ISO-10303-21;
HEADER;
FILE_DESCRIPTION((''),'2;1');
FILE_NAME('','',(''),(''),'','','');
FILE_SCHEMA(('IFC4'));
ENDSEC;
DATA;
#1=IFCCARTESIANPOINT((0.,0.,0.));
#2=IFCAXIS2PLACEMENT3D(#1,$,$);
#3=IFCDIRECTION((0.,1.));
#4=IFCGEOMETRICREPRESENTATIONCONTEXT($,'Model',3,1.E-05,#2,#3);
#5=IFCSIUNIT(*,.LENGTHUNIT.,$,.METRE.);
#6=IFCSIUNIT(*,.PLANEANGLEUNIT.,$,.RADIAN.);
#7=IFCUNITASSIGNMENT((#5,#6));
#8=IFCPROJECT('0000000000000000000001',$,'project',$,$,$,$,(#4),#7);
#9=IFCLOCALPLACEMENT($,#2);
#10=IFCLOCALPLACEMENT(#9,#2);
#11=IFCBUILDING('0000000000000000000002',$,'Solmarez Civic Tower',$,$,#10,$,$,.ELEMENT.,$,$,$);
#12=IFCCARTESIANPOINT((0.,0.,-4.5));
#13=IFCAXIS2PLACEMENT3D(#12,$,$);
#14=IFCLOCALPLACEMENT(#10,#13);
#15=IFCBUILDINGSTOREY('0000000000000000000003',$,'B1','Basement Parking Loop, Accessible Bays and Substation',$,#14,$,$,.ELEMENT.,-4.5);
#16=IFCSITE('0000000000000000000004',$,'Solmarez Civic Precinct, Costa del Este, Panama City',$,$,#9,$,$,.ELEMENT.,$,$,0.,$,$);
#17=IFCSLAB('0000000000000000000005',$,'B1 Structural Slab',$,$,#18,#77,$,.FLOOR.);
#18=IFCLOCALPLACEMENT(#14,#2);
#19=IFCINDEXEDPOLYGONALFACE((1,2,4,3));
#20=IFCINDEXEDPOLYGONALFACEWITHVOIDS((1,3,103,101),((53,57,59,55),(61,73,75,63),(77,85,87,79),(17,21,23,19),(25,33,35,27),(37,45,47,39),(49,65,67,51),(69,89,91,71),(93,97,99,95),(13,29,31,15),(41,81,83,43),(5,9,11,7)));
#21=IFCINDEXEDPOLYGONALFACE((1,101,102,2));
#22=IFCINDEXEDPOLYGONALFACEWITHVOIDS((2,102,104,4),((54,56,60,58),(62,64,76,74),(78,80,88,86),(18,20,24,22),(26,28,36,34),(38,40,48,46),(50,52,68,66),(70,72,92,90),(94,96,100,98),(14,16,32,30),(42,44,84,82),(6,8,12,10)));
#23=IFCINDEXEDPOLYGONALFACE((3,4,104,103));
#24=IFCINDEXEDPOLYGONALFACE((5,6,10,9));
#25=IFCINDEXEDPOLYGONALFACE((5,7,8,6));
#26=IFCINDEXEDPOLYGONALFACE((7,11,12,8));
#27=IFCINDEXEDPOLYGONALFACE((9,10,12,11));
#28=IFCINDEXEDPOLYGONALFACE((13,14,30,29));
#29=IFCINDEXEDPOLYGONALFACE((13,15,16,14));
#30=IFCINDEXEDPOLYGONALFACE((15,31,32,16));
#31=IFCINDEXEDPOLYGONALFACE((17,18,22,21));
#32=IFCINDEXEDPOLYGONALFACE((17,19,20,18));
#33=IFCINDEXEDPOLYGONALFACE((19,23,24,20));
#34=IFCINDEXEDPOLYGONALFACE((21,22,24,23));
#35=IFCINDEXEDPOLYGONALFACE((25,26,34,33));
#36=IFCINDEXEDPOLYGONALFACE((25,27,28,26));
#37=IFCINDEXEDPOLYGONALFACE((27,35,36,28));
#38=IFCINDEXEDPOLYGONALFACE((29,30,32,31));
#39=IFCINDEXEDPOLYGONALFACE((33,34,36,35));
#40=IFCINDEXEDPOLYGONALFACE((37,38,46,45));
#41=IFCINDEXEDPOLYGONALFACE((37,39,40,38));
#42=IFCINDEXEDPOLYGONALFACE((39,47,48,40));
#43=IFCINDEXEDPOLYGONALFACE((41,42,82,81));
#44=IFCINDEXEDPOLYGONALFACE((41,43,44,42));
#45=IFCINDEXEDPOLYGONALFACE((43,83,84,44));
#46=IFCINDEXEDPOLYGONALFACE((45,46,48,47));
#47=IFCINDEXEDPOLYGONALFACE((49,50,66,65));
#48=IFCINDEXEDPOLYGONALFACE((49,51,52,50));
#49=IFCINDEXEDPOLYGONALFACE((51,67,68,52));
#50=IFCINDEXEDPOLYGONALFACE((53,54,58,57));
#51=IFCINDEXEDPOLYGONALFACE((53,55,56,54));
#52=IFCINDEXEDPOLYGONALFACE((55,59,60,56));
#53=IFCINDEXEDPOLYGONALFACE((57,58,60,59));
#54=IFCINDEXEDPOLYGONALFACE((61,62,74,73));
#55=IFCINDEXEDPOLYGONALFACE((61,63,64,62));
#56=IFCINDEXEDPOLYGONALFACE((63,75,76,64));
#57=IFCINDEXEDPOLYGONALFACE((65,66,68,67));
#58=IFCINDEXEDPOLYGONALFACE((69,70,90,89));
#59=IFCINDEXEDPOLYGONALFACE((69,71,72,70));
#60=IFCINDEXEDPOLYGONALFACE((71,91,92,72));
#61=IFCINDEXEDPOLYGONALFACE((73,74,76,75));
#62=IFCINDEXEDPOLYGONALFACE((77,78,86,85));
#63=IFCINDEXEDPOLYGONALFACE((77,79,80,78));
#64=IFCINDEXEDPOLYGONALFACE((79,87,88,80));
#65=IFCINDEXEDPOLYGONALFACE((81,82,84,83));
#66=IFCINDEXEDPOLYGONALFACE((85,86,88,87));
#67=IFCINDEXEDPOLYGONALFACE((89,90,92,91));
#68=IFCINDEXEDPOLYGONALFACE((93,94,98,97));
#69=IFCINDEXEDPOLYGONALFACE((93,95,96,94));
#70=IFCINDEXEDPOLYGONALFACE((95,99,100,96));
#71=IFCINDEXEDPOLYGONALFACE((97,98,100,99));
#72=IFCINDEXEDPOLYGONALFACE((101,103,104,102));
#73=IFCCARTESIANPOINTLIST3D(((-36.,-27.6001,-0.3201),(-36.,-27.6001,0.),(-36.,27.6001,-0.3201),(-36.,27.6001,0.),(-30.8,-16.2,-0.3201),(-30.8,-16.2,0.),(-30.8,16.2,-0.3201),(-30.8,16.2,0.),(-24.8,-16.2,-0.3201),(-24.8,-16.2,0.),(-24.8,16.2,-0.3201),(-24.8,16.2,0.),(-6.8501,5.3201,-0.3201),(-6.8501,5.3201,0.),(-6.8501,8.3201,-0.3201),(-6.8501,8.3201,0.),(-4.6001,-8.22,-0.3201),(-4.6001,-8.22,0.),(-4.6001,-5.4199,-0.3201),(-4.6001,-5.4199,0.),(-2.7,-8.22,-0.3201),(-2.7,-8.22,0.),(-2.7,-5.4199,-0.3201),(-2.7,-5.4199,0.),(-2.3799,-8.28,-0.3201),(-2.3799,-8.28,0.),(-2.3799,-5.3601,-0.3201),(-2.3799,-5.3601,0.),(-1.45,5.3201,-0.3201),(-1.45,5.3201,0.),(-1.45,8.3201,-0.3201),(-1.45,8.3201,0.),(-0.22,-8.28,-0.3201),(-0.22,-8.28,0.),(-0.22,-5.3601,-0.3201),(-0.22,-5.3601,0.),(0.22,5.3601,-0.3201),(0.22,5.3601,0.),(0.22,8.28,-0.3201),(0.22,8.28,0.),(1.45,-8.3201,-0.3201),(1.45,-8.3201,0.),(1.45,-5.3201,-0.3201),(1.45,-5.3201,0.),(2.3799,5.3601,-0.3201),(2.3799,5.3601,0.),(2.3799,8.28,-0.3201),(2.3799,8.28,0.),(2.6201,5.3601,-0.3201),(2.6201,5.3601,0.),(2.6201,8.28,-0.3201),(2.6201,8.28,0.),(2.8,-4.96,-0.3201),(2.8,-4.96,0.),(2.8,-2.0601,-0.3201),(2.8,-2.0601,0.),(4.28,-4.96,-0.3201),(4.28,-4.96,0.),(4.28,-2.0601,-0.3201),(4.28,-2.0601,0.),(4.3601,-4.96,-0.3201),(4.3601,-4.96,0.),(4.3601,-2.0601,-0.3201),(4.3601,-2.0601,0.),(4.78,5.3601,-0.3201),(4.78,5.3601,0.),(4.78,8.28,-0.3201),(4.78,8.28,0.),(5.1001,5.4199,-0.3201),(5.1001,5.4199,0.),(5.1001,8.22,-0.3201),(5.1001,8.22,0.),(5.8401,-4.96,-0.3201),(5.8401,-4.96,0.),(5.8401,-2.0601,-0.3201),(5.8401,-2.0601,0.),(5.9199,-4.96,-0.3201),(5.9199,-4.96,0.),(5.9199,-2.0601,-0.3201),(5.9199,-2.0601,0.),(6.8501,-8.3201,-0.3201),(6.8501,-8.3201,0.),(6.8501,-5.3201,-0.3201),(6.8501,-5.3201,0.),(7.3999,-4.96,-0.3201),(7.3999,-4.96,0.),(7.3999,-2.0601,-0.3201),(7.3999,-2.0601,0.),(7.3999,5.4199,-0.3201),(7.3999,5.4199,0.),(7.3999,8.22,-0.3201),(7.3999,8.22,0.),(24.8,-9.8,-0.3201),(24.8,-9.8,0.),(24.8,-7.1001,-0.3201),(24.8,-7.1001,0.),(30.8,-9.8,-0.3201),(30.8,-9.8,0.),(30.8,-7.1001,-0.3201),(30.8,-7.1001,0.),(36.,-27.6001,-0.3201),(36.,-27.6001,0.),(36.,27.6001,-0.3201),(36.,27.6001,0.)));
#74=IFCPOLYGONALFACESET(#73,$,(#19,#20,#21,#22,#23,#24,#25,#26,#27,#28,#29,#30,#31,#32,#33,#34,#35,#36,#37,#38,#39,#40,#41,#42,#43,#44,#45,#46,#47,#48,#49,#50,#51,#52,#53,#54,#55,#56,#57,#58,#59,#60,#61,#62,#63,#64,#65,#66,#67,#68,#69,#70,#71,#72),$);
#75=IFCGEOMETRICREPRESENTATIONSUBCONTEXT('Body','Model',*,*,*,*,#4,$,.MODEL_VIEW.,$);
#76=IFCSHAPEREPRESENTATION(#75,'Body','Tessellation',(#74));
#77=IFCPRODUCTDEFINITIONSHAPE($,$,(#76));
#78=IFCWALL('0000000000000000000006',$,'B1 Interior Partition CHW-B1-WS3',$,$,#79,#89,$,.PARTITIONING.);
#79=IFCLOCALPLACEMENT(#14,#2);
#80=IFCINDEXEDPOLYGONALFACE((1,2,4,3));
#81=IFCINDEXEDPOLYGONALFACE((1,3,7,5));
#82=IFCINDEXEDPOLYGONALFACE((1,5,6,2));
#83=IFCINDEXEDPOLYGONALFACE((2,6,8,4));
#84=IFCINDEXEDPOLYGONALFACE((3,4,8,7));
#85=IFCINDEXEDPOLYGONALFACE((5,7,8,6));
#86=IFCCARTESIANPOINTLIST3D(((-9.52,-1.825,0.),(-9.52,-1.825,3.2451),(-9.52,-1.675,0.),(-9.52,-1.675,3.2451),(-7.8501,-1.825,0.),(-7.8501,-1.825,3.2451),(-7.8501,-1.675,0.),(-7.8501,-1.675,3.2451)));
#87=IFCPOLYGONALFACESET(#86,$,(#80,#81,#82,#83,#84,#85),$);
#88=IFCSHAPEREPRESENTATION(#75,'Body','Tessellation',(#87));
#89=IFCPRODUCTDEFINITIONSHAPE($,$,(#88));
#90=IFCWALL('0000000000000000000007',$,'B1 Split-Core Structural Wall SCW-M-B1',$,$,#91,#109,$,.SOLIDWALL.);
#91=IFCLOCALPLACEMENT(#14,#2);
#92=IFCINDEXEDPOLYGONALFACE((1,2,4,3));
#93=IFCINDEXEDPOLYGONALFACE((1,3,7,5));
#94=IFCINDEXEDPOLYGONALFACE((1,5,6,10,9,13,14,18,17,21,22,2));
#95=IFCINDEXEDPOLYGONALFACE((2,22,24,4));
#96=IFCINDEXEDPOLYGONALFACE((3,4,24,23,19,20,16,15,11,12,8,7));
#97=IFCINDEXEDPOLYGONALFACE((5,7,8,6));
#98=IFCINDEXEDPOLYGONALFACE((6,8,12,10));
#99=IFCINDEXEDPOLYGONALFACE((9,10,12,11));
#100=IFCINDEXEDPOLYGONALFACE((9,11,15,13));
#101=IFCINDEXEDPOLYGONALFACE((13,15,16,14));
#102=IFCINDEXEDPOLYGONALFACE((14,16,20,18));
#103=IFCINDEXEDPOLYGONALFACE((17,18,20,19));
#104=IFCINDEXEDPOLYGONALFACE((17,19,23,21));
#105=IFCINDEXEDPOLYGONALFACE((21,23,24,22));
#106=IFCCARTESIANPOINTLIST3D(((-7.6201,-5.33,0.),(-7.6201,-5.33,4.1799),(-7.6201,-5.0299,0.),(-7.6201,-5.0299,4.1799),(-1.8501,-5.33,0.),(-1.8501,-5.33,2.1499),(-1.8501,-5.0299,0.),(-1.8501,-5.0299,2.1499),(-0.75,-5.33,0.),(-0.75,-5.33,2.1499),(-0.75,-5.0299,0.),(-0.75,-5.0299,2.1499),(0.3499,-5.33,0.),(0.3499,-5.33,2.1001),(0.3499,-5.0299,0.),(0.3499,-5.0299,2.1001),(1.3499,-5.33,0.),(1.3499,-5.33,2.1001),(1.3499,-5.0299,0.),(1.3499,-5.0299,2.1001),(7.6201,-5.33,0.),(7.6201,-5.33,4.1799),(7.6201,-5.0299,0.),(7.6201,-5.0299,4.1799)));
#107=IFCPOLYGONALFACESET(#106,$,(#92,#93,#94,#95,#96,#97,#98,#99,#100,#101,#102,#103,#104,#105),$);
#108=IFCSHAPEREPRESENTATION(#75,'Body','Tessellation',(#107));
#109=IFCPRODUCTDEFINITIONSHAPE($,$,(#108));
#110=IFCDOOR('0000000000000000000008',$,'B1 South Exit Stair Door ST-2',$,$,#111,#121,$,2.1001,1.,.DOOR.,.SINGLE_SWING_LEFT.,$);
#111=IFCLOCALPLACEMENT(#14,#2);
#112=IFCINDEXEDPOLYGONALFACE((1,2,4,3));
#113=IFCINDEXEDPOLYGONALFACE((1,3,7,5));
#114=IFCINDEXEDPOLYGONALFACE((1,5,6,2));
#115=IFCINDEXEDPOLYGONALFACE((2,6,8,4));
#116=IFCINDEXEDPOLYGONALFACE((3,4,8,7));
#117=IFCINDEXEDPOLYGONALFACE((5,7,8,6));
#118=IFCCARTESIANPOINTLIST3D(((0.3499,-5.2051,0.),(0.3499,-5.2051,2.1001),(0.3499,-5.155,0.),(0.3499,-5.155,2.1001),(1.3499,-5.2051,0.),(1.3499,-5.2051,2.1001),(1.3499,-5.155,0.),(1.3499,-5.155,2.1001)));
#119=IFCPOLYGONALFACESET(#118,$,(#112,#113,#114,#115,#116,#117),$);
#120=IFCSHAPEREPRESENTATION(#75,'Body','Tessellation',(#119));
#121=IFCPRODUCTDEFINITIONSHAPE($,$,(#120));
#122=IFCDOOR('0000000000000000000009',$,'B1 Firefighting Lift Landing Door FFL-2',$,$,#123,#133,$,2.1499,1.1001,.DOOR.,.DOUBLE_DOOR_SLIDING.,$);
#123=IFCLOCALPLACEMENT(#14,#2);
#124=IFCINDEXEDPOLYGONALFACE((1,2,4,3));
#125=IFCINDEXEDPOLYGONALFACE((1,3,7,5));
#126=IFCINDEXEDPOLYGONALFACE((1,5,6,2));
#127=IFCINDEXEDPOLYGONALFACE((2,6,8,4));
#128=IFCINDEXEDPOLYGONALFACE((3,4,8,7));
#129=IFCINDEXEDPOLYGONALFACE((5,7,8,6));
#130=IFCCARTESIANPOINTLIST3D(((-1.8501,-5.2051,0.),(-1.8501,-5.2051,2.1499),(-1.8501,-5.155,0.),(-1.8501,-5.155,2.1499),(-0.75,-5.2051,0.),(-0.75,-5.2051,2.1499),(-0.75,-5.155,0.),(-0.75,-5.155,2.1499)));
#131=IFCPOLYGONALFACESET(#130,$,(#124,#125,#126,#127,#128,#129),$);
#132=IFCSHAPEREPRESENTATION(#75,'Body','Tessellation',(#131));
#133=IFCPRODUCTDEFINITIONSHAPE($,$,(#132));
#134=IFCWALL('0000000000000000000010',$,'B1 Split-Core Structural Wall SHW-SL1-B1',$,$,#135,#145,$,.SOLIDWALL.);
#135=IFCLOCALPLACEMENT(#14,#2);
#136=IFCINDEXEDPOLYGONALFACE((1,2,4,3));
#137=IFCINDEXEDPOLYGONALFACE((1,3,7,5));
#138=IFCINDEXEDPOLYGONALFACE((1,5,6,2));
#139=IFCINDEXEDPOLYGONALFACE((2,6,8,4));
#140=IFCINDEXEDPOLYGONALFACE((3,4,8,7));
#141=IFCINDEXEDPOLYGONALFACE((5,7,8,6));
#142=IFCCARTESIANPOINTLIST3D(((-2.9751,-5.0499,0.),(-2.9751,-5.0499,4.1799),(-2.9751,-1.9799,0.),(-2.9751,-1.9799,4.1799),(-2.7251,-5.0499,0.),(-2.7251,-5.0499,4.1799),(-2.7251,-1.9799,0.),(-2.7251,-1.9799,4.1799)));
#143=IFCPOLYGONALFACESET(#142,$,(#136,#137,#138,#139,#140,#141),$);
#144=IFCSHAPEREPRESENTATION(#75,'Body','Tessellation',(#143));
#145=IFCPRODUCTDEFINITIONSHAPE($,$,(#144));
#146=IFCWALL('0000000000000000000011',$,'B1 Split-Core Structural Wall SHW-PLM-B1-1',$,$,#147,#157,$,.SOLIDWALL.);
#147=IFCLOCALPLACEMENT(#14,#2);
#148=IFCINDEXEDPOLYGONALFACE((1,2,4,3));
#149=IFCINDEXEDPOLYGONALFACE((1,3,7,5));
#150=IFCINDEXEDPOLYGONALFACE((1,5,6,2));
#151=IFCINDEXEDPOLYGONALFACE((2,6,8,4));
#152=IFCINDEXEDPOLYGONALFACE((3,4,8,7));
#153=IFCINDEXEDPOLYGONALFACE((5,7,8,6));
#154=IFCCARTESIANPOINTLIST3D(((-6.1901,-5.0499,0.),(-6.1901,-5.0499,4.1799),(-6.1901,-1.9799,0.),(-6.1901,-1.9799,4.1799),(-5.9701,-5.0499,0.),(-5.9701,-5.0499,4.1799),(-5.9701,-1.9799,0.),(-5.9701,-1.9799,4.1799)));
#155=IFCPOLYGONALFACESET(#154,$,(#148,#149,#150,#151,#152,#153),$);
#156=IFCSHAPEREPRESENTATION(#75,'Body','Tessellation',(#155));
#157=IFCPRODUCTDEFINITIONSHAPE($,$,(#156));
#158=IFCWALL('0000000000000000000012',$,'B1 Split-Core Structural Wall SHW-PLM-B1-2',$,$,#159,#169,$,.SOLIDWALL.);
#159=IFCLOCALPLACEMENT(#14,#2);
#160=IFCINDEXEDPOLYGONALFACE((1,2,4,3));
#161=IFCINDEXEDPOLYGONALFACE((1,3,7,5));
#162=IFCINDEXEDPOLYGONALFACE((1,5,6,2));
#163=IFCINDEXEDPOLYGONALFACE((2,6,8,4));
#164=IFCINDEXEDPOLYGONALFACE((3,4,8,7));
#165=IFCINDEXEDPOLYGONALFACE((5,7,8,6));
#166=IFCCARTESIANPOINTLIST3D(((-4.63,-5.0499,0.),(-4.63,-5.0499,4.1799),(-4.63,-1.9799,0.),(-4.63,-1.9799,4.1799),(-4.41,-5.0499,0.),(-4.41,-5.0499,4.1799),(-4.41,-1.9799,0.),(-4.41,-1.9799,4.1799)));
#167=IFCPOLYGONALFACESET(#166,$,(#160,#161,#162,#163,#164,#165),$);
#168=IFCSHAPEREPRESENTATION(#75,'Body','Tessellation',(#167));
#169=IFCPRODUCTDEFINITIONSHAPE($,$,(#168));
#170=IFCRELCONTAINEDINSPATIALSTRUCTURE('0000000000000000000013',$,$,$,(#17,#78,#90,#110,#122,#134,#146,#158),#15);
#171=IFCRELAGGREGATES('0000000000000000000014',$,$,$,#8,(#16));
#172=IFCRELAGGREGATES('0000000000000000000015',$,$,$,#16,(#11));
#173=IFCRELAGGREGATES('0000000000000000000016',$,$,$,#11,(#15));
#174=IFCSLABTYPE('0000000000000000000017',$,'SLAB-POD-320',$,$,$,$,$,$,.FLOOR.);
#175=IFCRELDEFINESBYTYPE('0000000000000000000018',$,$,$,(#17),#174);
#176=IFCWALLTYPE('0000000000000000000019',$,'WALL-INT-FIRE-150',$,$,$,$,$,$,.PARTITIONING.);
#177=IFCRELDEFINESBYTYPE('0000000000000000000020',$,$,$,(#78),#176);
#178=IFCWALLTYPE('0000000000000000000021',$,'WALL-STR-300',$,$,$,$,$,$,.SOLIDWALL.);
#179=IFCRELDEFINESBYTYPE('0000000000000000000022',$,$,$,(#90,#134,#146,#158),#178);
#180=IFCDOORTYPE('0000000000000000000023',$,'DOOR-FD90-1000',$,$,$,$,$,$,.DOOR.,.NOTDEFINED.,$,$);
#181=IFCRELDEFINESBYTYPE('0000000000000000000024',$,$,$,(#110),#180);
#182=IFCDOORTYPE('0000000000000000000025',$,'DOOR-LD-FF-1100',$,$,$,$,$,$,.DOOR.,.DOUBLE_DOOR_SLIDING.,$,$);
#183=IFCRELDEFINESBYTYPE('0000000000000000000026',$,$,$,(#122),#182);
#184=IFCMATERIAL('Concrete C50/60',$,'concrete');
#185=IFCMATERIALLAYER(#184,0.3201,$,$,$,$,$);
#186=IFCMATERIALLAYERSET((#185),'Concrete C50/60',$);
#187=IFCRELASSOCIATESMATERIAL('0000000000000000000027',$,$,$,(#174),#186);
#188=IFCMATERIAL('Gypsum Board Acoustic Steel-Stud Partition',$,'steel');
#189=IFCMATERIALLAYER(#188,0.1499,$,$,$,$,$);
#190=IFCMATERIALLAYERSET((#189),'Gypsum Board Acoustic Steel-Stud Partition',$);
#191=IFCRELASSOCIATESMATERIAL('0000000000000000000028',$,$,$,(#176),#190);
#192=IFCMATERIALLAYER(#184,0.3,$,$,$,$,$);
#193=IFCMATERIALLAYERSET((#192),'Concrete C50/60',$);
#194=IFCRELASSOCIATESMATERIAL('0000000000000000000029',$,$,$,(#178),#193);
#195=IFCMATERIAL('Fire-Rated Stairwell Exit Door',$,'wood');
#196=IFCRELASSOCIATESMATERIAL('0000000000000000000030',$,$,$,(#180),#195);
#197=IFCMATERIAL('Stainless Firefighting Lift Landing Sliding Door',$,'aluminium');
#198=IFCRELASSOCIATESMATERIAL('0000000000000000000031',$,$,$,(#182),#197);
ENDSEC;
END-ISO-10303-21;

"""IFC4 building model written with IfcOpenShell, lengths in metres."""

from ifc_helpers import new_model, si_unit, direction, frame, frame_2d, origin, place, context, subcontext, project, spatial, polyline, rectangle, outline, extrude, material, layer, layer_set, type_object, element, fill, save


model = new_model("IFC4")

# Units and contexts
model_context = context("Model", 3, precision=1e-05, world=origin(), true_north=direction((0.0, 1.0)))
body_context = subcontext(model_context, "Body", "Model", "MODEL_VIEW")
ifc_project = project(units=[si_unit("LENGTHUNIT", "METRE"), si_unit("PLANEANGLEUNIT", "RADIAN")], contexts=[model_context])

# Site, building, storey
site_placement = place(None, origin())
site = spatial("IfcSite", under=ifc_project, at=site_placement, Name="Solmarez Civic Precinct, Costa del Este, Panama City", CompositionType="ELEMENT", RefElevation=0.0)
building_placement = place(site_placement, origin())
building = spatial("IfcBuilding", under=site, at=building_placement, Name="Solmarez Civic Tower", CompositionType="ELEMENT")
storey_placement = place(building_placement, frame((0.0, 0.0, -4.5)))
storey = spatial("IfcBuildingStorey", under=building, at=storey_placement, Name="B1", Description="Basement Parking Loop, Accessible Bays and Substation", CompositionType="ELEMENT", Elevation=-4.5)

# Shared definitions
ifc_material_1 = material(Name="Concrete C50/60", Category="concrete")

# Slab
ifc_layer_1 = layer(ifc_material_1, 0.3201)
ifc_layer_set_1 = layer_set([ifc_layer_1], Name="Concrete C50/60")
slab_type_1 = type_object("IfcSlabType", Name="SLAB-POD-320", PredefinedType="FLOOR", material=ifc_layer_set_1)
slab_1_placement = place(storey_placement, frame((0.0, 0.0, -0.3201)))
element("IfcSlab", 1, at=slab_1_placement, inside=storey, type_object=slab_type_1, Name="B1 Structural Slab", PredefinedType="FLOOR", context=body_context, shape_type="SweptSolid", body=[
    extrude(outline(polyline([(36.0, -27.6001), (36.0, 27.6001), (-36.0, 27.6001), (-36.0, -27.6001), (36.0, -27.6001)]), holes=[polyline([(-1.45, 8.3201), (-6.8501, 8.3201), (-6.8501, 5.3201), (-1.45, 5.3201), (-1.45, 8.3201)]), polyline([(1.45, -8.3201), (6.8501, -8.3201), (6.8501, -5.3201), (1.45, -5.3201), (1.45, -8.3201)]), polyline([(0.22, 5.3601), (2.3799, 5.3601), (2.3799, 8.28), (0.22, 8.28), (0.22, 5.3601)]), polyline([(2.6201, 5.3601), (4.78, 5.3601), (4.78, 8.28), (2.6201, 8.28), (2.6201, 5.3601)]), polyline([(-2.3799, -8.28), (-0.22, -8.28), (-0.22, -5.3601), (-2.3799, -5.3601), (-2.3799, -8.28)]), polyline([(2.8, -4.96), (4.28, -4.96), (4.28, -2.0601), (2.8, -2.0601), (2.8, -4.96)]), polyline([(4.3601, -4.96), (5.8401, -4.96), (5.8401, -2.0601), (4.3601, -2.0601), (4.3601, -4.96)]), polyline([(5.9199, -4.96), (7.3999, -4.96), (7.3999, -2.0601), (5.9199, -2.0601), (5.9199, -4.96)]), polyline([(5.1001, 5.4199), (7.3999, 5.4199), (7.3999, 8.22), (5.1001, 8.22), (5.1001, 5.4199)]), polyline([(-4.6001, -8.22), (-2.7, -8.22), (-2.7, -5.4199), (-4.6001, -5.4199), (-4.6001, -8.22)]), polyline([(-30.8, -16.2), (-24.8, -16.2), (-24.8, 16.2), (-30.8, 16.2), (-30.8, -16.2)]), polyline([(24.8, -9.8), (30.8, -9.8), (30.8, -7.1001), (24.8, -7.1001), (24.8, -9.8)])]), origin(), (0.0, 0.0, 1.0), 0.3201),
])

# Wall
ifc_material_2 = material(Name="Gypsum Board Acoustic Steel-Stud Partition", Category="steel")
ifc_layer_2 = layer(ifc_material_2, 0.1499)
ifc_layer_set_2 = layer_set([ifc_layer_2], Name="Gypsum Board Acoustic Steel-Stud Partition")
wall_type_1 = type_object("IfcWallType", Name="WALL-INT-FIRE-150", PredefinedType="PARTITIONING", material=ifc_layer_set_2)
wall_1_placement = place(storey_placement, frame((-7.8501, -1.75, 0.0), z_axis=(0.0, 0.0, 1.0), x_axis=(-1.0, 0.0, 0.0)))
element("IfcWall", 2, at=wall_1_placement, inside=storey, type_object=wall_type_1, Name="B1 Interior Partition CHW-B1-WS3", PredefinedType="PARTITIONING", context=body_context, shape_type="SweptSolid", body=[
    extrude(rectangle(XDim=1.6699, YDim=0.1499, at=frame_2d((0.835, 0.0))), origin(), (0.0, 0.0, 1.0), 3.2451),
])

# Wall, openings, doors
ifc_layer_3 = layer(ifc_material_1, 0.3)
ifc_layer_set_3 = layer_set([ifc_layer_3], Name="Concrete C50/60")
wall_type_2 = type_object("IfcWallType", Name="WALL-STR-300", PredefinedType="SOLIDWALL", material=ifc_layer_set_3)
wall_2_placement = place(storey_placement, frame((-7.6201, -5.1799, 0.0), z_axis=(0.0, 0.0, 1.0), x_axis=(1.0, 0.0, 0.0)))
wall_2 = element("IfcWall", 3, at=wall_2_placement, inside=storey, type_object=wall_type_2, Name="B1 Split-Core Structural Wall SCW-M-B1", PredefinedType="SOLIDWALL", context=body_context, shape_type="SweptSolid", body=[
    extrude(rectangle(XDim=15.2402, YDim=0.3, at=frame_2d((7.6201, 0.0))), origin(), (0.0, 0.0, 1.0), 4.1799),
])
opening_1_placement = place(wall_2_placement, frame((5.77, 0.0, 0.0)))
opening_1 = element("IfcOpeningElement", 4, at=opening_1_placement, cuts=wall_2, PredefinedType="OPENING", context=body_context, shape_type="SweptSolid", body=[
    extrude(rectangle(XDim=1.1001, YDim=2.1499, at=frame_2d((0.55, 1.075))), frame((0.0, 0.1599, 0.0), z_axis=(0.0, -1.0, 0.0), x_axis=(1.0, 0.0, 0.0)), (0.0, 0.0, 1.0), 0.3201),
])
opening_2_placement = place(wall_2_placement, frame((7.97, 0.0, 0.0)))
opening_2 = element("IfcOpeningElement", 5, at=opening_2_placement, cuts=wall_2, PredefinedType="OPENING", context=body_context, shape_type="SweptSolid", body=[
    extrude(rectangle(XDim=1.0, YDim=2.1001, at=frame_2d((0.5, 1.05))), frame((0.0, 0.1599, 0.0), z_axis=(0.0, -1.0, 0.0), x_axis=(1.0, 0.0, 0.0)), (0.0, 0.0, 1.0), 0.3201),
])
ifc_material_3 = material(Name="Fire-Rated Stairwell Exit Door", Category="wood")
door_type_1 = type_object("IfcDoorType", Name="DOOR-FD90-1000", OperationType="NOTDEFINED", PredefinedType="DOOR", material=ifc_material_3)
door_1_placement = place(opening_2_placement, origin())
door_1 = element("IfcDoor", 6, at=door_1_placement, inside=storey, type_object=door_type_1, Name="B1 South Exit Stair Door ST-2", OperationType="SINGLE_SWING_LEFT", OverallHeight=2.1001, OverallWidth=1.0, PredefinedType="DOOR", context=body_context, shape_type="SweptSolid", body=[
    extrude(rectangle(XDim=1.0, YDim=2.1001, at=frame_2d((0.5, 1.05))), frame((0.0, 0.0249, 0.0), z_axis=(0.0, -1.0, 0.0), x_axis=(1.0, 0.0, 0.0)), (0.0, 0.0, 1.0), 0.05),
])
fill(opening_2, door_1)
ifc_material_4 = material(Name="Stainless Firefighting Lift Landing Sliding Door", Category="aluminium")
door_type_2 = type_object("IfcDoorType", Name="DOOR-LD-FF-1100", OperationType="DOUBLE_DOOR_SLIDING", PredefinedType="DOOR", material=ifc_material_4)
door_2_placement = place(opening_1_placement, origin())
door_2 = element("IfcDoor", 7, at=door_2_placement, inside=storey, type_object=door_type_2, Name="B1 Firefighting Lift Landing Door FFL-2", OperationType="DOUBLE_DOOR_SLIDING", OverallHeight=2.1499, OverallWidth=1.1001, PredefinedType="DOOR", context=body_context, shape_type="SweptSolid", body=[
    extrude(rectangle(XDim=1.1001, YDim=2.1499, at=frame_2d((0.55, 1.075))), frame((0.0, 0.0249, 0.0), z_axis=(0.0, -1.0, 0.0), x_axis=(1.0, 0.0, 0.0)), (0.0, 0.0, 1.0), 0.05),
])
fill(opening_1, door_2)

# Walls
wall_3_placement = place(storey_placement, frame((-2.8501, -5.05, 0.0), z_axis=(0.0, 0.0, 1.0), x_axis=(0.0, 1.0, 0.0)))
element("IfcWall", 8, at=wall_3_placement, inside=storey, type_object=wall_type_2, Name="B1 Split-Core Structural Wall SHW-SL1-B1", PredefinedType="SOLIDWALL", context=body_context, shape_type="SweptSolid", body=[
    extrude(rectangle(XDim=3.0701, YDim=0.25, at=frame_2d((1.5352, 0.0))), origin(), (0.0, 0.0, 1.0), 4.1799),
])
for number, where, z_axis, x_axis, name in (
    (9, (-6.0801, -5.05, 0.0), (0.0, 0.0, 1.0), (0.0, 1.0, 0.0), "B1 Split-Core Structural Wall SHW-PLM-B1-1"),
    (10, (-4.52, -5.05, 0.0), (0.0, 0.0, 1.0), (0.0, 1.0, 0.0), "B1 Split-Core Structural Wall SHW-PLM-B1-2"),
):
    element("IfcWall", number, at=place(storey_placement, frame(where, z_axis=z_axis, x_axis=x_axis)), inside=storey, type_object=wall_type_2, Name=name, PredefinedType="SOLIDWALL", context=body_context, shape_type="SweptSolid", body=[
        extrude(rectangle(XDim=3.0701, YDim=0.22, at=frame_2d((1.5352, 0.0))), origin(), (0.0, 0.0, 1.0), 4.1799),
    ])

save(model, "model.ifc")
